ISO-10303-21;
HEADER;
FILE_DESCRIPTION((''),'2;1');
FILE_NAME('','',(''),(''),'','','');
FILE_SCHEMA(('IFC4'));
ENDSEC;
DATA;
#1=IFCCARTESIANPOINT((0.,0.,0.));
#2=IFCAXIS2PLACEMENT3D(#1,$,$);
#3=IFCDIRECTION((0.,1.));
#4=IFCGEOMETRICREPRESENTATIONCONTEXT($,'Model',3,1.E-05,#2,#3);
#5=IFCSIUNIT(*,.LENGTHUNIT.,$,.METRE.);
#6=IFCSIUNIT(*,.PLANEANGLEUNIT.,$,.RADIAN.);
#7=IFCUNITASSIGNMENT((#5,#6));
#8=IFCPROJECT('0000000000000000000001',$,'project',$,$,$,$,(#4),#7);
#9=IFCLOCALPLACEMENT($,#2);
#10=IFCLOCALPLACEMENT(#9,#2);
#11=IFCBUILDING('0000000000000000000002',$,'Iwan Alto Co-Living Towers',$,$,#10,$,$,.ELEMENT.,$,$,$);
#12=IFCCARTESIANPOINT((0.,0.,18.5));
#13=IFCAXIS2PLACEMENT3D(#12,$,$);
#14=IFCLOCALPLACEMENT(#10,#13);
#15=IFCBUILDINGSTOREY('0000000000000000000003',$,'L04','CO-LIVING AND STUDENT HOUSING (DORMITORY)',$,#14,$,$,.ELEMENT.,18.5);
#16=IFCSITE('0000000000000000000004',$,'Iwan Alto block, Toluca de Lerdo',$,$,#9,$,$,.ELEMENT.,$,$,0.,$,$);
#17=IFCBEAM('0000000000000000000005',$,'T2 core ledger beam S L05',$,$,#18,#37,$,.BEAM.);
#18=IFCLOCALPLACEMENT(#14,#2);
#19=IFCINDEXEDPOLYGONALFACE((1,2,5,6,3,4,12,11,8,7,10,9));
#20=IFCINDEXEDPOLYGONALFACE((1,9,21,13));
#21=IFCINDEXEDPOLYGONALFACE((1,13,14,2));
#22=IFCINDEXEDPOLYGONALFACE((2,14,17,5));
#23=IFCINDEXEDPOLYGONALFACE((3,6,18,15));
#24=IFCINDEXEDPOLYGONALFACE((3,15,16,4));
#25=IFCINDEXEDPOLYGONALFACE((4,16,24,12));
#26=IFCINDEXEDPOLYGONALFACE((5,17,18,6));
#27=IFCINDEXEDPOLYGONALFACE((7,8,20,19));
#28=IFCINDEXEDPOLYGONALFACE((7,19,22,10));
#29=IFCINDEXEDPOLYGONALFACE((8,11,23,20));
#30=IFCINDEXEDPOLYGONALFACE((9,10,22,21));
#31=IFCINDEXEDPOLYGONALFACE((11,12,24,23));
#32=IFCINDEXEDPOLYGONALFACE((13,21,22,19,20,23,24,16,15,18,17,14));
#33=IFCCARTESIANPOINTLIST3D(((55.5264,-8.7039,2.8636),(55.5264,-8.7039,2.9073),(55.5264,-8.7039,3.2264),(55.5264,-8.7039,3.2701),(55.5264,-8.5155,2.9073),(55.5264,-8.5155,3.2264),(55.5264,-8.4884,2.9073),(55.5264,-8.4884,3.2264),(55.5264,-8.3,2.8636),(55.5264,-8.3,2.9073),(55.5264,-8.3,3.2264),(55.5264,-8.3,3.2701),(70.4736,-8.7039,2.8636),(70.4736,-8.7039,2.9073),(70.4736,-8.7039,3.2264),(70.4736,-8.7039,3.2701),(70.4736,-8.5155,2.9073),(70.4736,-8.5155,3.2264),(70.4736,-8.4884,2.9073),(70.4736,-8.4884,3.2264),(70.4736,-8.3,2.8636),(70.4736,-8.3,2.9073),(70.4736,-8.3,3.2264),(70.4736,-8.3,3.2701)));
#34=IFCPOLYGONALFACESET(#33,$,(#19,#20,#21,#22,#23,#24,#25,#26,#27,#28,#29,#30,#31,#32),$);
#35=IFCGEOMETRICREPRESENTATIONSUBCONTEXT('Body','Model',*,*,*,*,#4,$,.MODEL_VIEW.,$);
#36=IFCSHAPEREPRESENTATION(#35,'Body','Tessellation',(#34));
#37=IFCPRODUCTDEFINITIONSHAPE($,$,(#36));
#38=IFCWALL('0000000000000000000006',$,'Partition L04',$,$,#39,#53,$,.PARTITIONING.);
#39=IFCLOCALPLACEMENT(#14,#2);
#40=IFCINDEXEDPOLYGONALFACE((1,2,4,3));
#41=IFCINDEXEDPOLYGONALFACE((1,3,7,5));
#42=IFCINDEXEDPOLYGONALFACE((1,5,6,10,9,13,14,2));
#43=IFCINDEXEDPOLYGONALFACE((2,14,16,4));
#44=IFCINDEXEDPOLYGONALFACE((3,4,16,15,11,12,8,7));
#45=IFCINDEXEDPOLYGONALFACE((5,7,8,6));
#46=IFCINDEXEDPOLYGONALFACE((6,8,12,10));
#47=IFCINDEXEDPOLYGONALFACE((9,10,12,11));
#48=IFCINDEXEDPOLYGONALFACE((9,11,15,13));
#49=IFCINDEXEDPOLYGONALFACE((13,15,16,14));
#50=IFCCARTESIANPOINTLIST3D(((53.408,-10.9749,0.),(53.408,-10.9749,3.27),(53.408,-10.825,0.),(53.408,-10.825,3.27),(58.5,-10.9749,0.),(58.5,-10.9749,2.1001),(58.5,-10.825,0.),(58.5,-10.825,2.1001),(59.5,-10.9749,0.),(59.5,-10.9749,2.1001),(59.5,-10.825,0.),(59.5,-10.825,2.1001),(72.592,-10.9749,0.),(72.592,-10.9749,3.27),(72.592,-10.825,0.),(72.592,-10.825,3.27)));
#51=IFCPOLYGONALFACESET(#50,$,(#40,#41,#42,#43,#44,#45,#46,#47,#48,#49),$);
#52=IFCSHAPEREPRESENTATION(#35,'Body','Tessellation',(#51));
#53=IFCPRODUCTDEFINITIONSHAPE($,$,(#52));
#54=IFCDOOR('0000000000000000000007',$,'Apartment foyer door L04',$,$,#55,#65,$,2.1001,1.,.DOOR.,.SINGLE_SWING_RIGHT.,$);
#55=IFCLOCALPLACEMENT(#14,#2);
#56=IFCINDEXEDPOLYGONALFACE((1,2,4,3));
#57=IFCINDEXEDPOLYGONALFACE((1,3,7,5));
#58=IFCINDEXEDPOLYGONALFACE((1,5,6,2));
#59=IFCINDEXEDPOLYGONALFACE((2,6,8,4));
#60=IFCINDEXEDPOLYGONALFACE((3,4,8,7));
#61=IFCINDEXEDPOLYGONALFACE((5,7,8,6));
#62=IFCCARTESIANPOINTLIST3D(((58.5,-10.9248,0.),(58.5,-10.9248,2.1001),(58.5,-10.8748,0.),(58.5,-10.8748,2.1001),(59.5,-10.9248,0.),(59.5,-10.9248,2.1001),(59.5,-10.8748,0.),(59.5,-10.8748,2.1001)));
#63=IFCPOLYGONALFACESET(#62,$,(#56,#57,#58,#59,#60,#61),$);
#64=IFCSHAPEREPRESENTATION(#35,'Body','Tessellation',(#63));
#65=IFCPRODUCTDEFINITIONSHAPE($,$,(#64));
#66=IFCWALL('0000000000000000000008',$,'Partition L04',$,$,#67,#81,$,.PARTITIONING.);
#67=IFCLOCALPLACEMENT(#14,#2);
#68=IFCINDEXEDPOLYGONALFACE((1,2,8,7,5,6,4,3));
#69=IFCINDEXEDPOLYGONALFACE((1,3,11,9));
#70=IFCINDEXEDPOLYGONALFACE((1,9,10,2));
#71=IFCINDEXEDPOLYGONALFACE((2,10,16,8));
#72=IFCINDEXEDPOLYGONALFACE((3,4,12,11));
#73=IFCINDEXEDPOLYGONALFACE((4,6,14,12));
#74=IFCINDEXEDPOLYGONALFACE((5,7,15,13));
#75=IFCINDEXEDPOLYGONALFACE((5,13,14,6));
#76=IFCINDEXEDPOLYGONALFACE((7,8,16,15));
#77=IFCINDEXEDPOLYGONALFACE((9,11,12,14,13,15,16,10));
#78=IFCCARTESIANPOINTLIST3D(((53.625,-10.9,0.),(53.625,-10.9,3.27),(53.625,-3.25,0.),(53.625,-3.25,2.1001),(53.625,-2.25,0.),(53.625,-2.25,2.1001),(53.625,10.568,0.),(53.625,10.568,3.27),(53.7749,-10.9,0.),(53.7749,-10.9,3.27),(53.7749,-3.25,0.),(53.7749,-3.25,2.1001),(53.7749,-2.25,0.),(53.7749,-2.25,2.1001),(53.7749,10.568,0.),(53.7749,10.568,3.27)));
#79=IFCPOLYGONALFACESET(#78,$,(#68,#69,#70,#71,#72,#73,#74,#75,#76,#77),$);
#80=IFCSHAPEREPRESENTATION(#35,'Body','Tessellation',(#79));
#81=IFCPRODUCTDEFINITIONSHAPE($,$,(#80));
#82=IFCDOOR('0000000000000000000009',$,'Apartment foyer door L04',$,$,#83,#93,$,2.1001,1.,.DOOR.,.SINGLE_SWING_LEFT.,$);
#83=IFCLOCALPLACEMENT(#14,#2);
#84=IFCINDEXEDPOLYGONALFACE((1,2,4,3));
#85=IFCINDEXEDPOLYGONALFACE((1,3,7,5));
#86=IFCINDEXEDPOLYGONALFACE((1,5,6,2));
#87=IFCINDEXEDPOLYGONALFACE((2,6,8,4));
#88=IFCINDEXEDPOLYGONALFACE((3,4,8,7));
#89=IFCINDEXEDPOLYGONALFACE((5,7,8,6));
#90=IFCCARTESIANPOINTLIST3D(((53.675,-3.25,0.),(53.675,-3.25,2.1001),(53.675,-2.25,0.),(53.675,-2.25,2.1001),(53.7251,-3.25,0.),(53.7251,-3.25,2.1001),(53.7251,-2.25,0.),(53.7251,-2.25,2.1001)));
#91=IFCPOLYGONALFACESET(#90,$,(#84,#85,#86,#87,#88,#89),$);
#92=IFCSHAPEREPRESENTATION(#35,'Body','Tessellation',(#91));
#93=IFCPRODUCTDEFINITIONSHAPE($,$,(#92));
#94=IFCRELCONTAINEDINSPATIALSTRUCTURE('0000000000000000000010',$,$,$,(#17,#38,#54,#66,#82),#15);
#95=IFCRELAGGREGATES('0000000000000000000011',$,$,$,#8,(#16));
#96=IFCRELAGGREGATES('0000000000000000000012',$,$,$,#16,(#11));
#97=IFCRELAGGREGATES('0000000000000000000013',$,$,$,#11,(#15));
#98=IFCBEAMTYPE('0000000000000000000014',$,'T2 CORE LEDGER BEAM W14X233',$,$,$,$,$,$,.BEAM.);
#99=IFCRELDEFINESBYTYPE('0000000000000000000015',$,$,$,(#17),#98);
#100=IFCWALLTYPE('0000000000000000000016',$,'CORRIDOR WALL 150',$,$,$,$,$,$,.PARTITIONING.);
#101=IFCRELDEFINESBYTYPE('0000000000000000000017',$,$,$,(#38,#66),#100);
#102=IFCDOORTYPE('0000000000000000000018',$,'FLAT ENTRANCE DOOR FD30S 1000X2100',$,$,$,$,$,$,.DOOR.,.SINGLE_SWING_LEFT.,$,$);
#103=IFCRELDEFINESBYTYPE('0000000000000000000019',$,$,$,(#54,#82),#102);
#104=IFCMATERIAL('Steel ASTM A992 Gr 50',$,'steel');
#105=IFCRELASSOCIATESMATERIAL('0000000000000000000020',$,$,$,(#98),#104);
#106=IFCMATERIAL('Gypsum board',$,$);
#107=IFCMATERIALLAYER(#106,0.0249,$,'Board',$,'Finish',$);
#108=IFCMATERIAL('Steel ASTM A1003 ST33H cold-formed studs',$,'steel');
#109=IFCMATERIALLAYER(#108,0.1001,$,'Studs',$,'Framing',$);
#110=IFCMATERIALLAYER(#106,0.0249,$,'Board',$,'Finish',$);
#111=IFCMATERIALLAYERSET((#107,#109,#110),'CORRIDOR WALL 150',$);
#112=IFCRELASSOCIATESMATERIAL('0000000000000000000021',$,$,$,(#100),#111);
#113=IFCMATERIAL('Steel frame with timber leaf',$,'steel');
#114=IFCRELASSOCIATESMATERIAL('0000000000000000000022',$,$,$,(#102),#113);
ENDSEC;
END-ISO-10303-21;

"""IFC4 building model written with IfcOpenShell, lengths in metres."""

from ifc_helpers import new_model, si_unit, direction, frame, frame_2d, origin, origin_2d, place, context, subcontext, project, spatial, rectangle, i_section, extrude, material, layer, layer_set, material_profile, profile_set, type_object, element, fill, save


model = new_model("IFC4")

# Units and contexts
model_context = context("Model", 3, precision=1e-05, world=origin(), true_north=direction((0.0, 1.0)))
body_context = subcontext(model_context, "Body", "Model", "MODEL_VIEW")
ifc_project = project(units=[si_unit("LENGTHUNIT", "METRE"), si_unit("PLANEANGLEUNIT", "RADIAN")], contexts=[model_context])

# Site, building, storey
site_placement = place(None, origin())
site = spatial("IfcSite", under=ifc_project, at=site_placement, Name="Iwan Alto block, Toluca de Lerdo", CompositionType="ELEMENT", RefElevation=0.0)
building_placement = place(site_placement, origin())
building = spatial("IfcBuilding", under=site, at=building_placement, Name="Iwan Alto Co-Living Towers", CompositionType="ELEMENT")
storey_placement = place(building_placement, frame((0.0, 0.0, 18.5)))
storey = spatial("IfcBuildingStorey", under=building, at=storey_placement, Name="L04", Description="CO-LIVING AND STUDENT HOUSING (DORMITORY)", CompositionType="ELEMENT", Elevation=18.5)

# Beam
ifc_material_1 = material(Name="Steel ASTM A992 Gr 50", Category="steel")
ifc_material_profile = material_profile(ifc_material_1, i_section(OverallWidth=0.4038, OverallDepth=0.4065, WebThickness=0.0271, FlangeThickness=0.0437, at=origin_2d()), Name="W14X233")
ifc_profile_set = profile_set([ifc_material_profile], Name="Steel ASTM A992 Gr 50")
beam_type = type_object("IfcBeamType", Name="T2 CORE LEDGER BEAM W14X233", PredefinedType="BEAM", material=ifc_profile_set)
beam_placement = place(storey_placement, frame((55.5264, -8.502, 3.0669), z_axis=(1.0, 0.0, 0.0), x_axis=(0.0, 1.0, 0.0)))
element("IfcBeam", 1, at=beam_placement, inside=storey, type_object=beam_type, Name="T2 core ledger beam S L05", PredefinedType="BEAM", context=body_context, shape_type="SweptSolid", body=[
    extrude(i_section(OverallWidth=0.4038, OverallDepth=0.4065, WebThickness=0.0271, FlangeThickness=0.0437, at=origin_2d()), origin(), (0.0, 0.0, 1.0), 14.9473),
])

# Walls, openings, doors
ifc_material_2 = material(Name="Gypsum board")
ifc_layer_1 = layer(ifc_material_2, 0.0249, Name="Board", Category="Finish")
ifc_material_3 = material(Name="Steel ASTM A1003 ST33H cold-formed studs", Category="steel")
ifc_layer_2 = layer(ifc_material_3, 0.1001, Name="Studs", Category="Framing")
ifc_layer_3 = layer(ifc_material_2, 0.0249, Name="Board", Category="Finish")
ifc_layer_set_1 = layer_set([ifc_layer_1, ifc_layer_2, ifc_layer_3], Name="CORRIDOR WALL 150")
wall_type_1 = type_object("IfcWallType", Name="CORRIDOR WALL 150", PredefinedType="PARTITIONING", material=ifc_layer_set_1)
wall_1_placement = place(storey_placement, frame((53.408, -10.8999, 0.0), z_axis=(0.0, 0.0, 1.0), x_axis=(1.0, 0.0, 0.0)))
wall_1 = element("IfcWall", 2, at=wall_1_placement, inside=storey, type_object=wall_type_1, Name="Partition L04", PredefinedType="PARTITIONING", context=body_context, shape_type="SweptSolid", body=[
    extrude(rectangle(XDim=19.1841, YDim=0.1499, at=frame_2d((9.592, 0.0))), origin(), (0.0, 0.0, 1.0), 3.27),
])
opening_1_placement = place(wall_1_placement, frame((5.092, 0.0, 0.0)))
opening_1 = element("IfcOpeningElement", 3, at=opening_1_placement, cuts=wall_1, PredefinedType="OPENING", context=body_context, shape_type="SweptSolid", body=[
    extrude(rectangle(XDim=1.0, YDim=2.1001, at=frame_2d((0.5, 1.05))), frame((0.0, 0.085, 0.0), z_axis=(0.0, -1.0, 0.0), x_axis=(1.0, 0.0, 0.0)), (0.0, 0.0, 1.0), 0.1699),
])
ifc_material_4 = material(Name="Steel frame with timber leaf", Category="steel")
door_type_1 = type_object("IfcDoorType", Name="FLAT ENTRANCE DOOR FD30S 1000X2100", OperationType="SINGLE_SWING_LEFT", PredefinedType="DOOR", material=ifc_material_4)
door_1_placement = place(opening_1_placement, frame((1.0, 0.0, 0.0), z_axis=(0.0, 0.0, 1.0), x_axis=(-1.0, 0.0, 0.0)))
door_1 = element("IfcDoor", 4, at=door_1_placement, inside=storey, type_object=door_type_1, Name="Apartment foyer door L04", OperationType="SINGLE_SWING_RIGHT", OverallHeight=2.1001, OverallWidth=1.0, PredefinedType="DOOR", context=body_context, shape_type="SweptSolid", body=[
    extrude(rectangle(XDim=1.0, YDim=2.1001, at=frame_2d((0.5, 1.05))), frame((0.0, 0.0249, 0.0), z_axis=(0.0, -1.0, 0.0), x_axis=(1.0, 0.0, 0.0)), (0.0, 0.0, 1.0), 0.05),
])
fill(opening_1, door_1)
wall_2_placement = place(storey_placement, frame((53.7, -10.8999, 0.0), z_axis=(0.0, 0.0, 1.0), x_axis=(0.0, 1.0, 0.0)))
wall_2 = element("IfcWall", 5, at=wall_2_placement, inside=storey, type_object=wall_type_1, Name="Partition L04", PredefinedType="PARTITIONING", context=body_context, shape_type="SweptSolid", body=[
    extrude(rectangle(XDim=21.468, YDim=0.1499, at=frame_2d((10.7339, 0.0))), origin(), (0.0, 0.0, 1.0), 3.27),
])
opening_2_placement = place(wall_2_placement, frame((7.6499, 0.0, 0.0)))
opening_2 = element("IfcOpeningElement", 6, at=opening_2_placement, cuts=wall_2, PredefinedType="OPENING", context=body_context, shape_type="SweptSolid", body=[
    extrude(rectangle(XDim=1.0, YDim=2.1001, at=frame_2d((0.5, 1.05))), frame((0.0, 0.085, 0.0), z_axis=(0.0, -1.0, 0.0), x_axis=(1.0, 0.0, 0.0)), (0.0, 0.0, 1.0), 0.1699),
])
door_2_placement = place(opening_2_placement, origin())
door_2 = element("IfcDoor", 7, at=door_2_placement, inside=storey, type_object=door_type_1, Name="Apartment foyer door L04", OperationType="SINGLE_SWING_LEFT", OverallHeight=2.1001, OverallWidth=1.0, PredefinedType="DOOR", context=body_context, shape_type="SweptSolid", body=[
    extrude(rectangle(XDim=1.0, YDim=2.1001, at=frame_2d((0.5, 1.05))), frame((0.0, 0.0249, 0.0), z_axis=(0.0, -1.0, 0.0), x_axis=(1.0, 0.0, 0.0)), (0.0, 0.0, 1.0), 0.05),
])
fill(opening_2, door_2)

save(model, "model.ifc")
